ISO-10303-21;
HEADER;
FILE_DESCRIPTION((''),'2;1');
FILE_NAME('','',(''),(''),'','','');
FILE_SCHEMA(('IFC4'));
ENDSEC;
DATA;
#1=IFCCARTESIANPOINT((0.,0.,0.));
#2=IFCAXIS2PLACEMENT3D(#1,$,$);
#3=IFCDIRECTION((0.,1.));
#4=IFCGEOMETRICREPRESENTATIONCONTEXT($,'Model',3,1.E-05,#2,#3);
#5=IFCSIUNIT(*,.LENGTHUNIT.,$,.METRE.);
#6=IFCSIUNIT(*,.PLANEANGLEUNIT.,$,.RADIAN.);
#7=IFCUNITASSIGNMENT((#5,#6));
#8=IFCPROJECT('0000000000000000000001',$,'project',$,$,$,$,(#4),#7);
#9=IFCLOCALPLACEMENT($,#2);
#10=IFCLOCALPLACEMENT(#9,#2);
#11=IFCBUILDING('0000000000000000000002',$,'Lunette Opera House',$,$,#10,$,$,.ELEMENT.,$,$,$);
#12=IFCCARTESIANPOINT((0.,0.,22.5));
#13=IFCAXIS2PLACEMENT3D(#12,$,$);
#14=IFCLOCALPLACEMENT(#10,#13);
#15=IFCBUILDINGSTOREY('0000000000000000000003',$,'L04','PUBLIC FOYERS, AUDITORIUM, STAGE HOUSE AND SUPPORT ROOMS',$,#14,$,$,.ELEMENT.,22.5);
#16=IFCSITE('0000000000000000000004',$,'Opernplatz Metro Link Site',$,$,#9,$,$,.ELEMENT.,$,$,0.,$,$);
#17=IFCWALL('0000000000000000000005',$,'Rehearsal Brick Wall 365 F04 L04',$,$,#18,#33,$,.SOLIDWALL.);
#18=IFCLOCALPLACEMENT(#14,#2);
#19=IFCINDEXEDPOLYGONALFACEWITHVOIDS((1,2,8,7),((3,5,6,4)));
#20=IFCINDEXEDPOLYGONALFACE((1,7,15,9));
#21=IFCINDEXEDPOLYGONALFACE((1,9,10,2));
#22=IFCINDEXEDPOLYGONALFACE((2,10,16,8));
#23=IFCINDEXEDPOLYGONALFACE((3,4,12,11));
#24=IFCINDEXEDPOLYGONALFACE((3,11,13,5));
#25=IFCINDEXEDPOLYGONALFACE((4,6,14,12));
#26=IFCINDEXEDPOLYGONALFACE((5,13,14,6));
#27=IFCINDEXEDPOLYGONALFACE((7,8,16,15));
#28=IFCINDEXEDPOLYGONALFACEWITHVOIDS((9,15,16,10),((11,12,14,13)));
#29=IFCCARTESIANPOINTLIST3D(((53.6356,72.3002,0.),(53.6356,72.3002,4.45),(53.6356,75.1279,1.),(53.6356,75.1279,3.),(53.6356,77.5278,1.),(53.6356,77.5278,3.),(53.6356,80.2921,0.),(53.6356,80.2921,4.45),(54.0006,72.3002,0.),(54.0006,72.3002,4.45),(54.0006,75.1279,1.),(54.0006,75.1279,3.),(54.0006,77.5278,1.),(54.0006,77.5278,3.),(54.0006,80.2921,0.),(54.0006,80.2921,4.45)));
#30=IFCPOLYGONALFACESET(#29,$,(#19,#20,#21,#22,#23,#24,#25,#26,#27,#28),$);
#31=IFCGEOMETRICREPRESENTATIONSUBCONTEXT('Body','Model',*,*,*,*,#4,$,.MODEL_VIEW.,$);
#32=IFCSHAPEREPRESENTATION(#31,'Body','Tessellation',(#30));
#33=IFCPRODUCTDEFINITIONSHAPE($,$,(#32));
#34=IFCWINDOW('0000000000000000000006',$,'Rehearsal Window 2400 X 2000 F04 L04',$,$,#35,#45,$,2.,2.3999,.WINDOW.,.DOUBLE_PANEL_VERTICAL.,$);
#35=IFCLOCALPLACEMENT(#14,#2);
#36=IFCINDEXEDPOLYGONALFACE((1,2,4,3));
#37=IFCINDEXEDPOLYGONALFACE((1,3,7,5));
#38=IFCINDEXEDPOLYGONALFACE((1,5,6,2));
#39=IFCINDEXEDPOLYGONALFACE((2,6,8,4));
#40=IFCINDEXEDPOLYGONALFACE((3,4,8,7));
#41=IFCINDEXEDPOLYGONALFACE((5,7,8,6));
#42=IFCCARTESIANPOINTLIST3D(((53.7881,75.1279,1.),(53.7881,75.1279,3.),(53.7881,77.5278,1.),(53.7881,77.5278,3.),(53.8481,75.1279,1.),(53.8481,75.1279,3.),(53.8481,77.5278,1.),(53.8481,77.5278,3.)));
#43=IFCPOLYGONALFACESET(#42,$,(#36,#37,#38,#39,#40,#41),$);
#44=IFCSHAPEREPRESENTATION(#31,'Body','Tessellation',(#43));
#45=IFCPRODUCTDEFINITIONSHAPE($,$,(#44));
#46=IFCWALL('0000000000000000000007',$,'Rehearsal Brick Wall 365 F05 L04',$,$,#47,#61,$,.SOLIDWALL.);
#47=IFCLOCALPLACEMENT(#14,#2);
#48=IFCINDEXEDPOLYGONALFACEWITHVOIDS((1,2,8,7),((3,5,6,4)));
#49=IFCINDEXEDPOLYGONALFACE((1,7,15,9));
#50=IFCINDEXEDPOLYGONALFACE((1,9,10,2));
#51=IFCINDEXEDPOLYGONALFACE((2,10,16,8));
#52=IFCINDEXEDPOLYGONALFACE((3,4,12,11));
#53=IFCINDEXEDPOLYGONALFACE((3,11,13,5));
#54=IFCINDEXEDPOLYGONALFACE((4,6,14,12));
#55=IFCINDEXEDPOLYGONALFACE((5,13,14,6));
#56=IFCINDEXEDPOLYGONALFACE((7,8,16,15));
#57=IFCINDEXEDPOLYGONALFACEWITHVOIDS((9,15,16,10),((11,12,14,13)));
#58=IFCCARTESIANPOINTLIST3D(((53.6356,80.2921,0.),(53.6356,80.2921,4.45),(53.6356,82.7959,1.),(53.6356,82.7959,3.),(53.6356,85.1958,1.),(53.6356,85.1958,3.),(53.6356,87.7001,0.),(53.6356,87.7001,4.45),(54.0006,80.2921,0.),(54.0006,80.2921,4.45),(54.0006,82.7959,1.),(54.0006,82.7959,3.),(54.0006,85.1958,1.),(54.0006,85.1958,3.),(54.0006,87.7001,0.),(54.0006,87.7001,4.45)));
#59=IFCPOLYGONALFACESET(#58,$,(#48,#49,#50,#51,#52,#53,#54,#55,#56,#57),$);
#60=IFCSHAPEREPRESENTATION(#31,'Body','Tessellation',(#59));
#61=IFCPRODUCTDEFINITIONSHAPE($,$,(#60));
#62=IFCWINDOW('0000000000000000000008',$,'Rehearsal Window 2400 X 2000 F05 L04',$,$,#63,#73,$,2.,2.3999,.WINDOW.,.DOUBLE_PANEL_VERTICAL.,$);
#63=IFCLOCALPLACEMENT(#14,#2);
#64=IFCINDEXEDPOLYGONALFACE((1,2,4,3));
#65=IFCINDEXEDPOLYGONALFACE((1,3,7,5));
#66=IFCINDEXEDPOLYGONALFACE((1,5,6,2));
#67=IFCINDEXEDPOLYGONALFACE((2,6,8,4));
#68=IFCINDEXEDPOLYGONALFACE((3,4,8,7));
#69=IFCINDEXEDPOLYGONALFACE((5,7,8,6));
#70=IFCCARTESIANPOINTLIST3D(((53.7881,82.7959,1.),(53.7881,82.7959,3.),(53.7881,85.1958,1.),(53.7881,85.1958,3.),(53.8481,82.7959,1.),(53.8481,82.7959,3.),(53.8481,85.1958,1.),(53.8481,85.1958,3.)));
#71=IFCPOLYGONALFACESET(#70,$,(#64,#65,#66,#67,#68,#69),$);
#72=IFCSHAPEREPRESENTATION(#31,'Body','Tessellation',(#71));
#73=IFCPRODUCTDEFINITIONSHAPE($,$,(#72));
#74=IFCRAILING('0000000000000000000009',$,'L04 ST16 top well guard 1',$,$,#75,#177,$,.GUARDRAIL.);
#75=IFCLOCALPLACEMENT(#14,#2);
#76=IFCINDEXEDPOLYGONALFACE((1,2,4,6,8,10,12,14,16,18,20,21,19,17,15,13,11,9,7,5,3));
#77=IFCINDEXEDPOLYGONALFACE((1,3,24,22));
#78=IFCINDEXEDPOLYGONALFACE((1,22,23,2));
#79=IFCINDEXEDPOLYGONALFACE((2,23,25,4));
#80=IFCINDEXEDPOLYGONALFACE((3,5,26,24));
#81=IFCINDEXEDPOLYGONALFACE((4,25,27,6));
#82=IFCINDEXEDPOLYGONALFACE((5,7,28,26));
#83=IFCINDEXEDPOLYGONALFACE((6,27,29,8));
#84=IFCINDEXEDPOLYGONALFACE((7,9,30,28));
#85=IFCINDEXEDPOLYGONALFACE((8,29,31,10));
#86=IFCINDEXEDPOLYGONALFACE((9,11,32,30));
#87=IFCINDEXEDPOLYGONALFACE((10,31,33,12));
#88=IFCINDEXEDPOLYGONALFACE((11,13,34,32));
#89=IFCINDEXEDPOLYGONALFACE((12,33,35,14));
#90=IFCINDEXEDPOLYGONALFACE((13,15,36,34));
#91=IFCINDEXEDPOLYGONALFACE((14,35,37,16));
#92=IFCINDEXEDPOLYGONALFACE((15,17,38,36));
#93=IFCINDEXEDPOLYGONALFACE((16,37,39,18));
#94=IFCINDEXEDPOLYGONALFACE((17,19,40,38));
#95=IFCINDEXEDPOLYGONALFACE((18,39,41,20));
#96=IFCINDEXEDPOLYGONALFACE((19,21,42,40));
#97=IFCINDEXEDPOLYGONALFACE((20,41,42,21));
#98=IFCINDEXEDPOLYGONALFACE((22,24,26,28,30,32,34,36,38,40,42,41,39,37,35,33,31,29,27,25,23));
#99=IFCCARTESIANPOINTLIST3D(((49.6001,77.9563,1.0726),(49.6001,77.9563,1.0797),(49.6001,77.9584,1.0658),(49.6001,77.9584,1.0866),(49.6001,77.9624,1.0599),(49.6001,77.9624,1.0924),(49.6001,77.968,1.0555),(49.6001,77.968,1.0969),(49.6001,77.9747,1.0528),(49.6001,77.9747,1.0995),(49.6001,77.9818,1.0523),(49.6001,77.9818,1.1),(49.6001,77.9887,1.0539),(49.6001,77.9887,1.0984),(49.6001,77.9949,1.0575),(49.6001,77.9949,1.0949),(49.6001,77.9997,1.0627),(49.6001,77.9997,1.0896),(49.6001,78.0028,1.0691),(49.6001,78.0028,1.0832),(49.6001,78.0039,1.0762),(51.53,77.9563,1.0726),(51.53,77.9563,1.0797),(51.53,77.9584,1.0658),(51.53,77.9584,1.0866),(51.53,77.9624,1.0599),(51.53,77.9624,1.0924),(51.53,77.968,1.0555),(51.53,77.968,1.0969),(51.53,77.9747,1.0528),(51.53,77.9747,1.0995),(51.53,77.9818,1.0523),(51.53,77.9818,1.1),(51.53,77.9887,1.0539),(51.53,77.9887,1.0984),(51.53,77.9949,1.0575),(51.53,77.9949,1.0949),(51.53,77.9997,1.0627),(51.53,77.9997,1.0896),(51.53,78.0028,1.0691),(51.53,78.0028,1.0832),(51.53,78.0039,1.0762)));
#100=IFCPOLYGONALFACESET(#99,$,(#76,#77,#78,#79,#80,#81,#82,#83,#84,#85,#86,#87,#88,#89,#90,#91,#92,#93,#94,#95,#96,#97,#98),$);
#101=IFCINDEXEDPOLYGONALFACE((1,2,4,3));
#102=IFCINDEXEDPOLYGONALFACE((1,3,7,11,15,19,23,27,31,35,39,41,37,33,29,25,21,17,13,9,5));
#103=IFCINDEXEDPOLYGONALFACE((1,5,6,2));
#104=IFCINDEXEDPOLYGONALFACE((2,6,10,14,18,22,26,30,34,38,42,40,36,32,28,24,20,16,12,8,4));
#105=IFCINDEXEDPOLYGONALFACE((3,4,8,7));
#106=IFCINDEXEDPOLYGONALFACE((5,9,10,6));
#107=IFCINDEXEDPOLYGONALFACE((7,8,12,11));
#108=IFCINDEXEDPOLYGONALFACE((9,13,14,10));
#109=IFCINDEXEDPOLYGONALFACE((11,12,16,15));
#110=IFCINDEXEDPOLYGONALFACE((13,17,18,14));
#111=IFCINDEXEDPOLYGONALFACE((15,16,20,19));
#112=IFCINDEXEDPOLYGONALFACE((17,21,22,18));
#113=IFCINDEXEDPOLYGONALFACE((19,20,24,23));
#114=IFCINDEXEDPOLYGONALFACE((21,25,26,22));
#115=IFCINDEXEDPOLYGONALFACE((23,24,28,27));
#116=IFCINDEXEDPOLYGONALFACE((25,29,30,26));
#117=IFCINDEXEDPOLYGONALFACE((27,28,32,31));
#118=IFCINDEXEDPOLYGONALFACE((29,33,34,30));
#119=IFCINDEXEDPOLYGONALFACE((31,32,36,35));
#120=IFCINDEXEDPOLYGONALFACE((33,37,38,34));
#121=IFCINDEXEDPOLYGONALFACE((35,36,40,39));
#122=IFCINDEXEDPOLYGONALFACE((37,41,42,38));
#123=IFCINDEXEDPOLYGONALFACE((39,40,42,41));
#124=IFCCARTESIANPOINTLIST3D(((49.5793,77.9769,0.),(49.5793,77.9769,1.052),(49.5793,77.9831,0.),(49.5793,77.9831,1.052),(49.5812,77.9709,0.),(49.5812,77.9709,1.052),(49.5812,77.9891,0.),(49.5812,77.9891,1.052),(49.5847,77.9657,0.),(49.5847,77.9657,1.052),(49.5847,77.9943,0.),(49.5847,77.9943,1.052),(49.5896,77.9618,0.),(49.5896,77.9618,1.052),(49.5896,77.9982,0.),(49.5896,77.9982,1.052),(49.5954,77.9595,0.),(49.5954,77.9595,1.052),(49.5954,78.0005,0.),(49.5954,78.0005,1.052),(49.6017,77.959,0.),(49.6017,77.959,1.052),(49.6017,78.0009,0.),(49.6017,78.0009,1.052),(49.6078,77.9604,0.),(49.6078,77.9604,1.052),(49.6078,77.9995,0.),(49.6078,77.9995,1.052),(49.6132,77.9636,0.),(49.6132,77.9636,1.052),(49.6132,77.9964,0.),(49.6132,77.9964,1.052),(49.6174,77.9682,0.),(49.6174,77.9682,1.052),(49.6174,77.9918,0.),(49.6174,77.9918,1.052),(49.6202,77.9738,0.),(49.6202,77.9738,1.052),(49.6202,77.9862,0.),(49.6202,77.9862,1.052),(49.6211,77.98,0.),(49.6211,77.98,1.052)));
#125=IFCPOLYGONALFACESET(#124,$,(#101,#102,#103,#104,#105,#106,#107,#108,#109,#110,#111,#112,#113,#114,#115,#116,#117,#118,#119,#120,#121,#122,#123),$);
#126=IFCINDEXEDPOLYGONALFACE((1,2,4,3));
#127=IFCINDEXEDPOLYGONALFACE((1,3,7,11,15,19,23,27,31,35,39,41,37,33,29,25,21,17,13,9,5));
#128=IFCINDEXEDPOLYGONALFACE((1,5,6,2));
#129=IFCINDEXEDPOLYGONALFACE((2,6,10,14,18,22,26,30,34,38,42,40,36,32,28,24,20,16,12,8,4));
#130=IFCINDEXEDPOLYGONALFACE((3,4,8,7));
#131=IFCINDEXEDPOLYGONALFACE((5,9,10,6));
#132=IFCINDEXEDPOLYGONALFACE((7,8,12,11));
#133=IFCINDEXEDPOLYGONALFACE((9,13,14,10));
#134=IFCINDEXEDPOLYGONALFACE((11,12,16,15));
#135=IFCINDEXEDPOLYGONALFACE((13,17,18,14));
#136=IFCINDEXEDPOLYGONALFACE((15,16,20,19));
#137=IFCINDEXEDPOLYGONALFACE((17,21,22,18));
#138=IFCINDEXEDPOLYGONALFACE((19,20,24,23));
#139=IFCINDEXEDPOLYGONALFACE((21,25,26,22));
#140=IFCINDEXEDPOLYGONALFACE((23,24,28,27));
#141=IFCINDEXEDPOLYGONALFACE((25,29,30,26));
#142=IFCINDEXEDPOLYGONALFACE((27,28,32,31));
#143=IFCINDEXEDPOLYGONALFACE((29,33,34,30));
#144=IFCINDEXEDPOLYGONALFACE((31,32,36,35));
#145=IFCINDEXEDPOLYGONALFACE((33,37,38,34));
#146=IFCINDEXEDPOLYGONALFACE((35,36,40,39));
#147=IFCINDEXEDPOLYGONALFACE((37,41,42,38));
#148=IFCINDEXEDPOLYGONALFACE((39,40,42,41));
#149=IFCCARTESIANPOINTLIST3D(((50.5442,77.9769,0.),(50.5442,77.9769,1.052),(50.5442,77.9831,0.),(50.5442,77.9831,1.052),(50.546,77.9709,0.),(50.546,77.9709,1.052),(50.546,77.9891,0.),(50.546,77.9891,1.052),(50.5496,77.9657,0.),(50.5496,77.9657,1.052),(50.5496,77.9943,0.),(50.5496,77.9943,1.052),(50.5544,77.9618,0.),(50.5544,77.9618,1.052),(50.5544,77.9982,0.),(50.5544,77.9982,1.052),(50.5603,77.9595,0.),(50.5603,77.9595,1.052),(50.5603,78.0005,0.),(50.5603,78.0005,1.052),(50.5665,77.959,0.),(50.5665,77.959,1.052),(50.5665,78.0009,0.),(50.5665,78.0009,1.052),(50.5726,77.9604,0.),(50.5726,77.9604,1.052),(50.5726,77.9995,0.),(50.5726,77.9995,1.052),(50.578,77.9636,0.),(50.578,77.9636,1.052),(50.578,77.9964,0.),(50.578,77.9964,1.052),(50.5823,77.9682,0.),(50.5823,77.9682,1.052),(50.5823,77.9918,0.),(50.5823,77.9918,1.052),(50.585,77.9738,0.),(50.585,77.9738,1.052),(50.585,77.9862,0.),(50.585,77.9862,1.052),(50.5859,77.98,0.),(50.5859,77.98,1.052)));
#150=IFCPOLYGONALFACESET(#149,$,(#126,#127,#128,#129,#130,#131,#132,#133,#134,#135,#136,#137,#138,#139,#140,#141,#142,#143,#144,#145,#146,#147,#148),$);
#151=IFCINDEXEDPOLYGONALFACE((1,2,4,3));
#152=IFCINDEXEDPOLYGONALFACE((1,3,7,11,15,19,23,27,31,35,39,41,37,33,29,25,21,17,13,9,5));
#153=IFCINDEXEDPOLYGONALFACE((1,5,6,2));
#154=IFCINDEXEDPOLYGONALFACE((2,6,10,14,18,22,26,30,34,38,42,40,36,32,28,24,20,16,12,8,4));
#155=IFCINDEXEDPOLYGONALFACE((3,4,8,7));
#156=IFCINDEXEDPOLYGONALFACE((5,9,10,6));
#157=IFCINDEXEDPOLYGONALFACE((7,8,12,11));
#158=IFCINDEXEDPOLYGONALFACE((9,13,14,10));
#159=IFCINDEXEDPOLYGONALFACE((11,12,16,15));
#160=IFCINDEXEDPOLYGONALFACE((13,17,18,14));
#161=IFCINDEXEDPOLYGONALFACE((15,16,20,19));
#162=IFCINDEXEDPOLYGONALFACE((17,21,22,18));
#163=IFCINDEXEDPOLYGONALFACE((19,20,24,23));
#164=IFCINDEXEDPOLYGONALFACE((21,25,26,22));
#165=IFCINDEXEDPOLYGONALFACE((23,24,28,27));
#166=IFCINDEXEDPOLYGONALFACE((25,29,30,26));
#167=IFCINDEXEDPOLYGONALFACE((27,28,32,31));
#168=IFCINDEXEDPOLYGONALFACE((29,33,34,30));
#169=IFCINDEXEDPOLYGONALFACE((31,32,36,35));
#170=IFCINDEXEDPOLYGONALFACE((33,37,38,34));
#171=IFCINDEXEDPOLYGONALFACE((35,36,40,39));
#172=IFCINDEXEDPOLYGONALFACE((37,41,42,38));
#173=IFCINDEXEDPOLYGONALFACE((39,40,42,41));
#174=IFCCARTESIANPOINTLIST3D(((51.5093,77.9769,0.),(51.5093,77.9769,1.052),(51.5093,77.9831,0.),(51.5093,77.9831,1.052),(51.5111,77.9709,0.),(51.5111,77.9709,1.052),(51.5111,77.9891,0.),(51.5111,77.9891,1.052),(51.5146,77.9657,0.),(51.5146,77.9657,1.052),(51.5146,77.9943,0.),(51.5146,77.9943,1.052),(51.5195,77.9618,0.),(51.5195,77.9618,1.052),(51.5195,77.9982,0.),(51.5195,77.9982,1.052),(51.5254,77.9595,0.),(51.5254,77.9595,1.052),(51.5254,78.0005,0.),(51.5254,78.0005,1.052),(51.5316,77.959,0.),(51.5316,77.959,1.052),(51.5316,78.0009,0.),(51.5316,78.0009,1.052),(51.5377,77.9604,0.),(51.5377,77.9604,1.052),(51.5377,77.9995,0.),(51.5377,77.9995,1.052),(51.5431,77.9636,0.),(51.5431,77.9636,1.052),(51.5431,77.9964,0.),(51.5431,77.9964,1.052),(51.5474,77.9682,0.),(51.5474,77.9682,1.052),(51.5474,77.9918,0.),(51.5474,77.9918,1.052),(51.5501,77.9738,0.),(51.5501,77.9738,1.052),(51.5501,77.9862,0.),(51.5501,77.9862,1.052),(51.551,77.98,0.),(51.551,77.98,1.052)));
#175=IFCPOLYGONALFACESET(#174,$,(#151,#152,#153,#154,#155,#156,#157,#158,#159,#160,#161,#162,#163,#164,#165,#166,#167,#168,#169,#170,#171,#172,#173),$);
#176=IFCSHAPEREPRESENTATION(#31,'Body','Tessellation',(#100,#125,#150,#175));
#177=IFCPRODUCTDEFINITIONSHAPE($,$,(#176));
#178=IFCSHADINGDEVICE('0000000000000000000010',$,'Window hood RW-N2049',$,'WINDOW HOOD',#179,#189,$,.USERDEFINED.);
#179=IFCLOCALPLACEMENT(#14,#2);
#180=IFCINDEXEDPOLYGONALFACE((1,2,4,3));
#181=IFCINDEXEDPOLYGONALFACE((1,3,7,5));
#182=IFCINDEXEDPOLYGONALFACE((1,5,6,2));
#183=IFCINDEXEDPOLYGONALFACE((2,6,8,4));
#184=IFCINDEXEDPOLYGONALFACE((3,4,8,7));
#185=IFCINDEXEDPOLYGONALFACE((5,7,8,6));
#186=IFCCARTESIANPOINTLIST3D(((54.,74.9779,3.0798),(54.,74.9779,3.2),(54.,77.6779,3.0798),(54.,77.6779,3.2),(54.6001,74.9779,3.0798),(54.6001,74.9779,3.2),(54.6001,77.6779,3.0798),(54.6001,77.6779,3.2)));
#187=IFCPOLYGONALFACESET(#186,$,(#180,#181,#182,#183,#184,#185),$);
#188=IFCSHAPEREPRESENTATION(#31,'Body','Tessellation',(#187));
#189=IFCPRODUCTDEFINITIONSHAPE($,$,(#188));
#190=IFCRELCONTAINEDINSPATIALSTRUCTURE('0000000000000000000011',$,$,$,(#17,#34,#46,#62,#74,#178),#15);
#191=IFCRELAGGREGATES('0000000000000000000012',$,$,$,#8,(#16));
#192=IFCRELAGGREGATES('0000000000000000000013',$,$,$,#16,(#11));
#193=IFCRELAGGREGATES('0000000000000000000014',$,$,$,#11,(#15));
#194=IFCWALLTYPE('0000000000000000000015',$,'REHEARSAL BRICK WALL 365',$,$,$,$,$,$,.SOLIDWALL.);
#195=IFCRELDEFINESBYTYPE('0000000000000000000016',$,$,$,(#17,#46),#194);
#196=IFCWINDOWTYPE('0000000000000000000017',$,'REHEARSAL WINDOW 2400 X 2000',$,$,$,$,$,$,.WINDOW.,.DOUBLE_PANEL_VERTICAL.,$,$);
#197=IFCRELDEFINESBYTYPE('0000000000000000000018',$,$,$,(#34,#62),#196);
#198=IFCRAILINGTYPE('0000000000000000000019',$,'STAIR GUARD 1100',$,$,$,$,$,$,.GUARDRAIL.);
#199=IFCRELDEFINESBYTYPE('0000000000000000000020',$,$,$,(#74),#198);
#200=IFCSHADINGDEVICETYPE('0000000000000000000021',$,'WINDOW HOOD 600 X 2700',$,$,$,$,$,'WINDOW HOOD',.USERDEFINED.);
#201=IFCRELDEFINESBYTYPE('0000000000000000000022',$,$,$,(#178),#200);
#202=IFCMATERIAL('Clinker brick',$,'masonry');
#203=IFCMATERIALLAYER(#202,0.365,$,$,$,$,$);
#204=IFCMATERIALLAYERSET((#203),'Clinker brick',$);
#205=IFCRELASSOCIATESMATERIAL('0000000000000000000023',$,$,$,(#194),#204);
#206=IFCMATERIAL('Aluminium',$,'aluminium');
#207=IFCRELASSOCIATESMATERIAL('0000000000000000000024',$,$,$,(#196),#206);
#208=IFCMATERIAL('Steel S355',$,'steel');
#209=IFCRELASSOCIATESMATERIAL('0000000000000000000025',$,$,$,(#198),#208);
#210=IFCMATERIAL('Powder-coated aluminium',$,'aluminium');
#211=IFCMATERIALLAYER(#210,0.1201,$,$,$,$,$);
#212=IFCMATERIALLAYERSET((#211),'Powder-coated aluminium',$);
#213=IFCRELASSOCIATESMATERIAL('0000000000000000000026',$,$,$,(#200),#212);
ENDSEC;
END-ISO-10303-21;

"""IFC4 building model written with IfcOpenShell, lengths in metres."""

from ifc_helpers import new_model, si_unit, direction, frame, frame_2d, origin, origin_2d, place, context, subcontext, project, spatial, rectangle, circle, extrude, material, layer, layer_set, type_object, element, fill, save


model = new_model("IFC4")

# Units and contexts
model_context = context("Model", 3, precision=1e-05, world=origin(), true_north=direction((0.0, 1.0)))
body_context = subcontext(model_context, "Body", "Model", "MODEL_VIEW")
ifc_project = project(units=[si_unit("LENGTHUNIT", "METRE"), si_unit("PLANEANGLEUNIT", "RADIAN")], contexts=[model_context])

# Site, building, storey
site_placement = place(None, origin())
site = spatial("IfcSite", under=ifc_project, at=site_placement, Name="Opernplatz Metro Link Site", CompositionType="ELEMENT", RefElevation=0.0)
building_placement = place(site_placement, origin())
building = spatial("IfcBuilding", under=site, at=building_placement, Name="Lunette Opera House", CompositionType="ELEMENT")
storey_placement = place(building_placement, frame((0.0, 0.0, 22.5)))
storey = spatial("IfcBuildingStorey", under=building, at=storey_placement, Name="L04", Description="PUBLIC FOYERS, AUDITORIUM, STAGE HOUSE AND SUPPORT ROOMS", CompositionType="ELEMENT", Elevation=22.5)

# Walls, openings, windows
ifc_material_1 = material(Name="Clinker brick", Category="masonry")
ifc_layer_1 = layer(ifc_material_1, 0.365)
ifc_layer_set_1 = layer_set([ifc_layer_1], Name="Clinker brick")
wall_type_1 = type_object("IfcWallType", Name="REHEARSAL BRICK WALL 365", PredefinedType="SOLIDWALL", material=ifc_layer_set_1)
wall_1_placement = place(storey_placement, frame((53.8181, 72.3, 0.0), z_axis=(0.0, 0.0, 1.0), x_axis=(0.0, 1.0, 0.0)))
wall_1 = element("IfcWall", 1, at=wall_1_placement, inside=storey, type_object=wall_type_1, Name="Rehearsal Brick Wall 365 F04 L04", PredefinedType="SOLIDWALL", context=body_context, shape_type="SweptSolid", body=[
    extrude(rectangle(XDim=7.9919, YDim=0.365, at=frame_2d((3.9961, 0.0))), origin(), (0.0, 0.0, 1.0), 4.45),
])
opening_1_placement = place(wall_1_placement, frame((2.8279, 0.0, 1.0)))
opening_1 = element("IfcOpeningElement", 2, at=opening_1_placement, cuts=wall_1, PredefinedType="OPENING", context=body_context, shape_type="SweptSolid", body=[
    extrude(rectangle(XDim=2.3999, YDim=2.0, at=frame_2d((1.2, 1.0))), frame((0.0, 0.1946, 0.0), z_axis=(0.0, -1.0, 0.0), x_axis=(1.0, 0.0, 0.0)), (0.0, 0.0, 1.0), 0.3889),
])
ifc_material_2 = material(Name="Aluminium", Category="aluminium")
window_type = type_object("IfcWindowType", Name="REHEARSAL WINDOW 2400 X 2000", PartitioningType="DOUBLE_PANEL_VERTICAL", PredefinedType="WINDOW", material=ifc_material_2)
window_1_placement = place(opening_1_placement, origin())
window_1 = element("IfcWindow", 3, at=window_1_placement, inside=storey, type_object=window_type, Name="Rehearsal Window 2400 X 2000 F04 L04", OverallHeight=2.0, OverallWidth=2.3999, PartitioningType="DOUBLE_PANEL_VERTICAL", PredefinedType="WINDOW", context=body_context, shape_type="SweptSolid", body=[
    extrude(rectangle(XDim=2.3999, YDim=2.0, at=frame_2d((1.2, 1.0))), frame((0.0, 0.03, 0.0), z_axis=(0.0, -1.0, 0.0), x_axis=(1.0, 0.0, 0.0)), (0.0, 0.0, 1.0), 0.0601),
])
fill(opening_1, window_1)
wall_2_placement = place(storey_placement, frame((53.8181, 80.292, 0.0), z_axis=(0.0, 0.0, 1.0), x_axis=(0.0, 1.0, 0.0)))
wall_2 = element("IfcWall", 4, at=wall_2_placement, inside=storey, type_object=wall_type_1, Name="Rehearsal Brick Wall 365 F05 L04", PredefinedType="SOLIDWALL", context=body_context, shape_type="SweptSolid", body=[
    extrude(rectangle(XDim=7.408, YDim=0.365, at=frame_2d((3.7041, 0.0))), origin(), (0.0, 0.0, 1.0), 4.45),
])
opening_2_placement = place(wall_2_placement, frame((2.5039, 0.0, 1.0)))
opening_2 = element("IfcOpeningElement", 5, at=opening_2_placement, cuts=wall_2, PredefinedType="OPENING", context=body_context, shape_type="SweptSolid", body=[
    extrude(rectangle(XDim=2.3999, YDim=2.0, at=frame_2d((1.2, 1.0))), frame((0.0, 0.1946, 0.0), z_axis=(0.0, -1.0, 0.0), x_axis=(1.0, 0.0, 0.0)), (0.0, 0.0, 1.0), 0.3889),
])
window_2_placement = place(opening_2_placement, origin())
window_2 = element("IfcWindow", 6, at=window_2_placement, inside=storey, type_object=window_type, Name="Rehearsal Window 2400 X 2000 F05 L04", OverallHeight=2.0, OverallWidth=2.3999, PartitioningType="DOUBLE_PANEL_VERTICAL", PredefinedType="WINDOW", context=body_context, shape_type="SweptSolid", body=[
    extrude(rectangle(XDim=2.3999, YDim=2.0, at=frame_2d((1.2, 1.0))), frame((0.0, 0.03, 0.0), z_axis=(0.0, -1.0, 0.0), x_axis=(1.0, 0.0, 0.0)), (0.0, 0.0, 1.0), 0.0601),
])
fill(opening_2, window_2)

# Railing
ifc_material_3 = material(Name="Steel S355", Category="steel")
railing_type = type_object("IfcRailingType", Name="STAIR GUARD 1100", PredefinedType="GUARDRAIL", material=ifc_material_3)
railing_placement = place(storey_placement, frame((49.6001, 77.98, 0.0)))
element("IfcRailing", 7, at=railing_placement, inside=storey, type_object=railing_type, Name="L04 ST16 top well guard 1", PredefinedType="GUARDRAIL", context=body_context, shape_type="SweptSolid", body=[
    extrude(circle(Radius=0.0239, at=origin_2d()), frame((0.0, 0.0, 1.0762), z_axis=(1.0, 0.0, 0.0), x_axis=(0.0, 1.0, 0.0)), (0.0, 0.0, 1.0), 1.9299),
    extrude(circle(Radius=0.021, at=origin_2d()), origin(), (0.0, 0.0, 1.0), 1.052),
    extrude(circle(Radius=0.021, at=origin_2d()), frame((0.9648, 0.0, 0.0)), (0.0, 0.0, 1.0), 1.052),
    extrude(circle(Radius=0.021, at=origin_2d()), frame((1.9299, 0.0, 0.0)), (0.0, 0.0, 1.0), 1.052),
])

# Shading device
ifc_material_4 = material(Name="Powder-coated aluminium", Category="aluminium")
ifc_layer_2 = layer(ifc_material_4, 0.1201)
ifc_layer_set_2 = layer_set([ifc_layer_2], Name="Powder-coated aluminium")
shading_device_type = type_object("IfcShadingDeviceType", Name="WINDOW HOOD 600 X 2700", ElementType="WINDOW HOOD", PredefinedType="USERDEFINED", material=ifc_layer_set_2)
shading_device_placement = place(storey_placement, frame((54.3, 76.3279, 3.0798), z_axis=(0.0, 0.0, 1.0), x_axis=(1.0, 0.0, 0.0)))
element("IfcShadingDevice", 8, at=shading_device_placement, inside=storey, type_object=shading_device_type, Name="Window hood RW-N2049", ObjectType="WINDOW HOOD", PredefinedType="USERDEFINED", context=body_context, shape_type="SweptSolid", body=[
    extrude(rectangle(XDim=0.6001, YDim=2.7, at=origin_2d()), origin(), (0.0, 0.0, 1.0), 0.1201),
])

save(model, "model.ifc")
